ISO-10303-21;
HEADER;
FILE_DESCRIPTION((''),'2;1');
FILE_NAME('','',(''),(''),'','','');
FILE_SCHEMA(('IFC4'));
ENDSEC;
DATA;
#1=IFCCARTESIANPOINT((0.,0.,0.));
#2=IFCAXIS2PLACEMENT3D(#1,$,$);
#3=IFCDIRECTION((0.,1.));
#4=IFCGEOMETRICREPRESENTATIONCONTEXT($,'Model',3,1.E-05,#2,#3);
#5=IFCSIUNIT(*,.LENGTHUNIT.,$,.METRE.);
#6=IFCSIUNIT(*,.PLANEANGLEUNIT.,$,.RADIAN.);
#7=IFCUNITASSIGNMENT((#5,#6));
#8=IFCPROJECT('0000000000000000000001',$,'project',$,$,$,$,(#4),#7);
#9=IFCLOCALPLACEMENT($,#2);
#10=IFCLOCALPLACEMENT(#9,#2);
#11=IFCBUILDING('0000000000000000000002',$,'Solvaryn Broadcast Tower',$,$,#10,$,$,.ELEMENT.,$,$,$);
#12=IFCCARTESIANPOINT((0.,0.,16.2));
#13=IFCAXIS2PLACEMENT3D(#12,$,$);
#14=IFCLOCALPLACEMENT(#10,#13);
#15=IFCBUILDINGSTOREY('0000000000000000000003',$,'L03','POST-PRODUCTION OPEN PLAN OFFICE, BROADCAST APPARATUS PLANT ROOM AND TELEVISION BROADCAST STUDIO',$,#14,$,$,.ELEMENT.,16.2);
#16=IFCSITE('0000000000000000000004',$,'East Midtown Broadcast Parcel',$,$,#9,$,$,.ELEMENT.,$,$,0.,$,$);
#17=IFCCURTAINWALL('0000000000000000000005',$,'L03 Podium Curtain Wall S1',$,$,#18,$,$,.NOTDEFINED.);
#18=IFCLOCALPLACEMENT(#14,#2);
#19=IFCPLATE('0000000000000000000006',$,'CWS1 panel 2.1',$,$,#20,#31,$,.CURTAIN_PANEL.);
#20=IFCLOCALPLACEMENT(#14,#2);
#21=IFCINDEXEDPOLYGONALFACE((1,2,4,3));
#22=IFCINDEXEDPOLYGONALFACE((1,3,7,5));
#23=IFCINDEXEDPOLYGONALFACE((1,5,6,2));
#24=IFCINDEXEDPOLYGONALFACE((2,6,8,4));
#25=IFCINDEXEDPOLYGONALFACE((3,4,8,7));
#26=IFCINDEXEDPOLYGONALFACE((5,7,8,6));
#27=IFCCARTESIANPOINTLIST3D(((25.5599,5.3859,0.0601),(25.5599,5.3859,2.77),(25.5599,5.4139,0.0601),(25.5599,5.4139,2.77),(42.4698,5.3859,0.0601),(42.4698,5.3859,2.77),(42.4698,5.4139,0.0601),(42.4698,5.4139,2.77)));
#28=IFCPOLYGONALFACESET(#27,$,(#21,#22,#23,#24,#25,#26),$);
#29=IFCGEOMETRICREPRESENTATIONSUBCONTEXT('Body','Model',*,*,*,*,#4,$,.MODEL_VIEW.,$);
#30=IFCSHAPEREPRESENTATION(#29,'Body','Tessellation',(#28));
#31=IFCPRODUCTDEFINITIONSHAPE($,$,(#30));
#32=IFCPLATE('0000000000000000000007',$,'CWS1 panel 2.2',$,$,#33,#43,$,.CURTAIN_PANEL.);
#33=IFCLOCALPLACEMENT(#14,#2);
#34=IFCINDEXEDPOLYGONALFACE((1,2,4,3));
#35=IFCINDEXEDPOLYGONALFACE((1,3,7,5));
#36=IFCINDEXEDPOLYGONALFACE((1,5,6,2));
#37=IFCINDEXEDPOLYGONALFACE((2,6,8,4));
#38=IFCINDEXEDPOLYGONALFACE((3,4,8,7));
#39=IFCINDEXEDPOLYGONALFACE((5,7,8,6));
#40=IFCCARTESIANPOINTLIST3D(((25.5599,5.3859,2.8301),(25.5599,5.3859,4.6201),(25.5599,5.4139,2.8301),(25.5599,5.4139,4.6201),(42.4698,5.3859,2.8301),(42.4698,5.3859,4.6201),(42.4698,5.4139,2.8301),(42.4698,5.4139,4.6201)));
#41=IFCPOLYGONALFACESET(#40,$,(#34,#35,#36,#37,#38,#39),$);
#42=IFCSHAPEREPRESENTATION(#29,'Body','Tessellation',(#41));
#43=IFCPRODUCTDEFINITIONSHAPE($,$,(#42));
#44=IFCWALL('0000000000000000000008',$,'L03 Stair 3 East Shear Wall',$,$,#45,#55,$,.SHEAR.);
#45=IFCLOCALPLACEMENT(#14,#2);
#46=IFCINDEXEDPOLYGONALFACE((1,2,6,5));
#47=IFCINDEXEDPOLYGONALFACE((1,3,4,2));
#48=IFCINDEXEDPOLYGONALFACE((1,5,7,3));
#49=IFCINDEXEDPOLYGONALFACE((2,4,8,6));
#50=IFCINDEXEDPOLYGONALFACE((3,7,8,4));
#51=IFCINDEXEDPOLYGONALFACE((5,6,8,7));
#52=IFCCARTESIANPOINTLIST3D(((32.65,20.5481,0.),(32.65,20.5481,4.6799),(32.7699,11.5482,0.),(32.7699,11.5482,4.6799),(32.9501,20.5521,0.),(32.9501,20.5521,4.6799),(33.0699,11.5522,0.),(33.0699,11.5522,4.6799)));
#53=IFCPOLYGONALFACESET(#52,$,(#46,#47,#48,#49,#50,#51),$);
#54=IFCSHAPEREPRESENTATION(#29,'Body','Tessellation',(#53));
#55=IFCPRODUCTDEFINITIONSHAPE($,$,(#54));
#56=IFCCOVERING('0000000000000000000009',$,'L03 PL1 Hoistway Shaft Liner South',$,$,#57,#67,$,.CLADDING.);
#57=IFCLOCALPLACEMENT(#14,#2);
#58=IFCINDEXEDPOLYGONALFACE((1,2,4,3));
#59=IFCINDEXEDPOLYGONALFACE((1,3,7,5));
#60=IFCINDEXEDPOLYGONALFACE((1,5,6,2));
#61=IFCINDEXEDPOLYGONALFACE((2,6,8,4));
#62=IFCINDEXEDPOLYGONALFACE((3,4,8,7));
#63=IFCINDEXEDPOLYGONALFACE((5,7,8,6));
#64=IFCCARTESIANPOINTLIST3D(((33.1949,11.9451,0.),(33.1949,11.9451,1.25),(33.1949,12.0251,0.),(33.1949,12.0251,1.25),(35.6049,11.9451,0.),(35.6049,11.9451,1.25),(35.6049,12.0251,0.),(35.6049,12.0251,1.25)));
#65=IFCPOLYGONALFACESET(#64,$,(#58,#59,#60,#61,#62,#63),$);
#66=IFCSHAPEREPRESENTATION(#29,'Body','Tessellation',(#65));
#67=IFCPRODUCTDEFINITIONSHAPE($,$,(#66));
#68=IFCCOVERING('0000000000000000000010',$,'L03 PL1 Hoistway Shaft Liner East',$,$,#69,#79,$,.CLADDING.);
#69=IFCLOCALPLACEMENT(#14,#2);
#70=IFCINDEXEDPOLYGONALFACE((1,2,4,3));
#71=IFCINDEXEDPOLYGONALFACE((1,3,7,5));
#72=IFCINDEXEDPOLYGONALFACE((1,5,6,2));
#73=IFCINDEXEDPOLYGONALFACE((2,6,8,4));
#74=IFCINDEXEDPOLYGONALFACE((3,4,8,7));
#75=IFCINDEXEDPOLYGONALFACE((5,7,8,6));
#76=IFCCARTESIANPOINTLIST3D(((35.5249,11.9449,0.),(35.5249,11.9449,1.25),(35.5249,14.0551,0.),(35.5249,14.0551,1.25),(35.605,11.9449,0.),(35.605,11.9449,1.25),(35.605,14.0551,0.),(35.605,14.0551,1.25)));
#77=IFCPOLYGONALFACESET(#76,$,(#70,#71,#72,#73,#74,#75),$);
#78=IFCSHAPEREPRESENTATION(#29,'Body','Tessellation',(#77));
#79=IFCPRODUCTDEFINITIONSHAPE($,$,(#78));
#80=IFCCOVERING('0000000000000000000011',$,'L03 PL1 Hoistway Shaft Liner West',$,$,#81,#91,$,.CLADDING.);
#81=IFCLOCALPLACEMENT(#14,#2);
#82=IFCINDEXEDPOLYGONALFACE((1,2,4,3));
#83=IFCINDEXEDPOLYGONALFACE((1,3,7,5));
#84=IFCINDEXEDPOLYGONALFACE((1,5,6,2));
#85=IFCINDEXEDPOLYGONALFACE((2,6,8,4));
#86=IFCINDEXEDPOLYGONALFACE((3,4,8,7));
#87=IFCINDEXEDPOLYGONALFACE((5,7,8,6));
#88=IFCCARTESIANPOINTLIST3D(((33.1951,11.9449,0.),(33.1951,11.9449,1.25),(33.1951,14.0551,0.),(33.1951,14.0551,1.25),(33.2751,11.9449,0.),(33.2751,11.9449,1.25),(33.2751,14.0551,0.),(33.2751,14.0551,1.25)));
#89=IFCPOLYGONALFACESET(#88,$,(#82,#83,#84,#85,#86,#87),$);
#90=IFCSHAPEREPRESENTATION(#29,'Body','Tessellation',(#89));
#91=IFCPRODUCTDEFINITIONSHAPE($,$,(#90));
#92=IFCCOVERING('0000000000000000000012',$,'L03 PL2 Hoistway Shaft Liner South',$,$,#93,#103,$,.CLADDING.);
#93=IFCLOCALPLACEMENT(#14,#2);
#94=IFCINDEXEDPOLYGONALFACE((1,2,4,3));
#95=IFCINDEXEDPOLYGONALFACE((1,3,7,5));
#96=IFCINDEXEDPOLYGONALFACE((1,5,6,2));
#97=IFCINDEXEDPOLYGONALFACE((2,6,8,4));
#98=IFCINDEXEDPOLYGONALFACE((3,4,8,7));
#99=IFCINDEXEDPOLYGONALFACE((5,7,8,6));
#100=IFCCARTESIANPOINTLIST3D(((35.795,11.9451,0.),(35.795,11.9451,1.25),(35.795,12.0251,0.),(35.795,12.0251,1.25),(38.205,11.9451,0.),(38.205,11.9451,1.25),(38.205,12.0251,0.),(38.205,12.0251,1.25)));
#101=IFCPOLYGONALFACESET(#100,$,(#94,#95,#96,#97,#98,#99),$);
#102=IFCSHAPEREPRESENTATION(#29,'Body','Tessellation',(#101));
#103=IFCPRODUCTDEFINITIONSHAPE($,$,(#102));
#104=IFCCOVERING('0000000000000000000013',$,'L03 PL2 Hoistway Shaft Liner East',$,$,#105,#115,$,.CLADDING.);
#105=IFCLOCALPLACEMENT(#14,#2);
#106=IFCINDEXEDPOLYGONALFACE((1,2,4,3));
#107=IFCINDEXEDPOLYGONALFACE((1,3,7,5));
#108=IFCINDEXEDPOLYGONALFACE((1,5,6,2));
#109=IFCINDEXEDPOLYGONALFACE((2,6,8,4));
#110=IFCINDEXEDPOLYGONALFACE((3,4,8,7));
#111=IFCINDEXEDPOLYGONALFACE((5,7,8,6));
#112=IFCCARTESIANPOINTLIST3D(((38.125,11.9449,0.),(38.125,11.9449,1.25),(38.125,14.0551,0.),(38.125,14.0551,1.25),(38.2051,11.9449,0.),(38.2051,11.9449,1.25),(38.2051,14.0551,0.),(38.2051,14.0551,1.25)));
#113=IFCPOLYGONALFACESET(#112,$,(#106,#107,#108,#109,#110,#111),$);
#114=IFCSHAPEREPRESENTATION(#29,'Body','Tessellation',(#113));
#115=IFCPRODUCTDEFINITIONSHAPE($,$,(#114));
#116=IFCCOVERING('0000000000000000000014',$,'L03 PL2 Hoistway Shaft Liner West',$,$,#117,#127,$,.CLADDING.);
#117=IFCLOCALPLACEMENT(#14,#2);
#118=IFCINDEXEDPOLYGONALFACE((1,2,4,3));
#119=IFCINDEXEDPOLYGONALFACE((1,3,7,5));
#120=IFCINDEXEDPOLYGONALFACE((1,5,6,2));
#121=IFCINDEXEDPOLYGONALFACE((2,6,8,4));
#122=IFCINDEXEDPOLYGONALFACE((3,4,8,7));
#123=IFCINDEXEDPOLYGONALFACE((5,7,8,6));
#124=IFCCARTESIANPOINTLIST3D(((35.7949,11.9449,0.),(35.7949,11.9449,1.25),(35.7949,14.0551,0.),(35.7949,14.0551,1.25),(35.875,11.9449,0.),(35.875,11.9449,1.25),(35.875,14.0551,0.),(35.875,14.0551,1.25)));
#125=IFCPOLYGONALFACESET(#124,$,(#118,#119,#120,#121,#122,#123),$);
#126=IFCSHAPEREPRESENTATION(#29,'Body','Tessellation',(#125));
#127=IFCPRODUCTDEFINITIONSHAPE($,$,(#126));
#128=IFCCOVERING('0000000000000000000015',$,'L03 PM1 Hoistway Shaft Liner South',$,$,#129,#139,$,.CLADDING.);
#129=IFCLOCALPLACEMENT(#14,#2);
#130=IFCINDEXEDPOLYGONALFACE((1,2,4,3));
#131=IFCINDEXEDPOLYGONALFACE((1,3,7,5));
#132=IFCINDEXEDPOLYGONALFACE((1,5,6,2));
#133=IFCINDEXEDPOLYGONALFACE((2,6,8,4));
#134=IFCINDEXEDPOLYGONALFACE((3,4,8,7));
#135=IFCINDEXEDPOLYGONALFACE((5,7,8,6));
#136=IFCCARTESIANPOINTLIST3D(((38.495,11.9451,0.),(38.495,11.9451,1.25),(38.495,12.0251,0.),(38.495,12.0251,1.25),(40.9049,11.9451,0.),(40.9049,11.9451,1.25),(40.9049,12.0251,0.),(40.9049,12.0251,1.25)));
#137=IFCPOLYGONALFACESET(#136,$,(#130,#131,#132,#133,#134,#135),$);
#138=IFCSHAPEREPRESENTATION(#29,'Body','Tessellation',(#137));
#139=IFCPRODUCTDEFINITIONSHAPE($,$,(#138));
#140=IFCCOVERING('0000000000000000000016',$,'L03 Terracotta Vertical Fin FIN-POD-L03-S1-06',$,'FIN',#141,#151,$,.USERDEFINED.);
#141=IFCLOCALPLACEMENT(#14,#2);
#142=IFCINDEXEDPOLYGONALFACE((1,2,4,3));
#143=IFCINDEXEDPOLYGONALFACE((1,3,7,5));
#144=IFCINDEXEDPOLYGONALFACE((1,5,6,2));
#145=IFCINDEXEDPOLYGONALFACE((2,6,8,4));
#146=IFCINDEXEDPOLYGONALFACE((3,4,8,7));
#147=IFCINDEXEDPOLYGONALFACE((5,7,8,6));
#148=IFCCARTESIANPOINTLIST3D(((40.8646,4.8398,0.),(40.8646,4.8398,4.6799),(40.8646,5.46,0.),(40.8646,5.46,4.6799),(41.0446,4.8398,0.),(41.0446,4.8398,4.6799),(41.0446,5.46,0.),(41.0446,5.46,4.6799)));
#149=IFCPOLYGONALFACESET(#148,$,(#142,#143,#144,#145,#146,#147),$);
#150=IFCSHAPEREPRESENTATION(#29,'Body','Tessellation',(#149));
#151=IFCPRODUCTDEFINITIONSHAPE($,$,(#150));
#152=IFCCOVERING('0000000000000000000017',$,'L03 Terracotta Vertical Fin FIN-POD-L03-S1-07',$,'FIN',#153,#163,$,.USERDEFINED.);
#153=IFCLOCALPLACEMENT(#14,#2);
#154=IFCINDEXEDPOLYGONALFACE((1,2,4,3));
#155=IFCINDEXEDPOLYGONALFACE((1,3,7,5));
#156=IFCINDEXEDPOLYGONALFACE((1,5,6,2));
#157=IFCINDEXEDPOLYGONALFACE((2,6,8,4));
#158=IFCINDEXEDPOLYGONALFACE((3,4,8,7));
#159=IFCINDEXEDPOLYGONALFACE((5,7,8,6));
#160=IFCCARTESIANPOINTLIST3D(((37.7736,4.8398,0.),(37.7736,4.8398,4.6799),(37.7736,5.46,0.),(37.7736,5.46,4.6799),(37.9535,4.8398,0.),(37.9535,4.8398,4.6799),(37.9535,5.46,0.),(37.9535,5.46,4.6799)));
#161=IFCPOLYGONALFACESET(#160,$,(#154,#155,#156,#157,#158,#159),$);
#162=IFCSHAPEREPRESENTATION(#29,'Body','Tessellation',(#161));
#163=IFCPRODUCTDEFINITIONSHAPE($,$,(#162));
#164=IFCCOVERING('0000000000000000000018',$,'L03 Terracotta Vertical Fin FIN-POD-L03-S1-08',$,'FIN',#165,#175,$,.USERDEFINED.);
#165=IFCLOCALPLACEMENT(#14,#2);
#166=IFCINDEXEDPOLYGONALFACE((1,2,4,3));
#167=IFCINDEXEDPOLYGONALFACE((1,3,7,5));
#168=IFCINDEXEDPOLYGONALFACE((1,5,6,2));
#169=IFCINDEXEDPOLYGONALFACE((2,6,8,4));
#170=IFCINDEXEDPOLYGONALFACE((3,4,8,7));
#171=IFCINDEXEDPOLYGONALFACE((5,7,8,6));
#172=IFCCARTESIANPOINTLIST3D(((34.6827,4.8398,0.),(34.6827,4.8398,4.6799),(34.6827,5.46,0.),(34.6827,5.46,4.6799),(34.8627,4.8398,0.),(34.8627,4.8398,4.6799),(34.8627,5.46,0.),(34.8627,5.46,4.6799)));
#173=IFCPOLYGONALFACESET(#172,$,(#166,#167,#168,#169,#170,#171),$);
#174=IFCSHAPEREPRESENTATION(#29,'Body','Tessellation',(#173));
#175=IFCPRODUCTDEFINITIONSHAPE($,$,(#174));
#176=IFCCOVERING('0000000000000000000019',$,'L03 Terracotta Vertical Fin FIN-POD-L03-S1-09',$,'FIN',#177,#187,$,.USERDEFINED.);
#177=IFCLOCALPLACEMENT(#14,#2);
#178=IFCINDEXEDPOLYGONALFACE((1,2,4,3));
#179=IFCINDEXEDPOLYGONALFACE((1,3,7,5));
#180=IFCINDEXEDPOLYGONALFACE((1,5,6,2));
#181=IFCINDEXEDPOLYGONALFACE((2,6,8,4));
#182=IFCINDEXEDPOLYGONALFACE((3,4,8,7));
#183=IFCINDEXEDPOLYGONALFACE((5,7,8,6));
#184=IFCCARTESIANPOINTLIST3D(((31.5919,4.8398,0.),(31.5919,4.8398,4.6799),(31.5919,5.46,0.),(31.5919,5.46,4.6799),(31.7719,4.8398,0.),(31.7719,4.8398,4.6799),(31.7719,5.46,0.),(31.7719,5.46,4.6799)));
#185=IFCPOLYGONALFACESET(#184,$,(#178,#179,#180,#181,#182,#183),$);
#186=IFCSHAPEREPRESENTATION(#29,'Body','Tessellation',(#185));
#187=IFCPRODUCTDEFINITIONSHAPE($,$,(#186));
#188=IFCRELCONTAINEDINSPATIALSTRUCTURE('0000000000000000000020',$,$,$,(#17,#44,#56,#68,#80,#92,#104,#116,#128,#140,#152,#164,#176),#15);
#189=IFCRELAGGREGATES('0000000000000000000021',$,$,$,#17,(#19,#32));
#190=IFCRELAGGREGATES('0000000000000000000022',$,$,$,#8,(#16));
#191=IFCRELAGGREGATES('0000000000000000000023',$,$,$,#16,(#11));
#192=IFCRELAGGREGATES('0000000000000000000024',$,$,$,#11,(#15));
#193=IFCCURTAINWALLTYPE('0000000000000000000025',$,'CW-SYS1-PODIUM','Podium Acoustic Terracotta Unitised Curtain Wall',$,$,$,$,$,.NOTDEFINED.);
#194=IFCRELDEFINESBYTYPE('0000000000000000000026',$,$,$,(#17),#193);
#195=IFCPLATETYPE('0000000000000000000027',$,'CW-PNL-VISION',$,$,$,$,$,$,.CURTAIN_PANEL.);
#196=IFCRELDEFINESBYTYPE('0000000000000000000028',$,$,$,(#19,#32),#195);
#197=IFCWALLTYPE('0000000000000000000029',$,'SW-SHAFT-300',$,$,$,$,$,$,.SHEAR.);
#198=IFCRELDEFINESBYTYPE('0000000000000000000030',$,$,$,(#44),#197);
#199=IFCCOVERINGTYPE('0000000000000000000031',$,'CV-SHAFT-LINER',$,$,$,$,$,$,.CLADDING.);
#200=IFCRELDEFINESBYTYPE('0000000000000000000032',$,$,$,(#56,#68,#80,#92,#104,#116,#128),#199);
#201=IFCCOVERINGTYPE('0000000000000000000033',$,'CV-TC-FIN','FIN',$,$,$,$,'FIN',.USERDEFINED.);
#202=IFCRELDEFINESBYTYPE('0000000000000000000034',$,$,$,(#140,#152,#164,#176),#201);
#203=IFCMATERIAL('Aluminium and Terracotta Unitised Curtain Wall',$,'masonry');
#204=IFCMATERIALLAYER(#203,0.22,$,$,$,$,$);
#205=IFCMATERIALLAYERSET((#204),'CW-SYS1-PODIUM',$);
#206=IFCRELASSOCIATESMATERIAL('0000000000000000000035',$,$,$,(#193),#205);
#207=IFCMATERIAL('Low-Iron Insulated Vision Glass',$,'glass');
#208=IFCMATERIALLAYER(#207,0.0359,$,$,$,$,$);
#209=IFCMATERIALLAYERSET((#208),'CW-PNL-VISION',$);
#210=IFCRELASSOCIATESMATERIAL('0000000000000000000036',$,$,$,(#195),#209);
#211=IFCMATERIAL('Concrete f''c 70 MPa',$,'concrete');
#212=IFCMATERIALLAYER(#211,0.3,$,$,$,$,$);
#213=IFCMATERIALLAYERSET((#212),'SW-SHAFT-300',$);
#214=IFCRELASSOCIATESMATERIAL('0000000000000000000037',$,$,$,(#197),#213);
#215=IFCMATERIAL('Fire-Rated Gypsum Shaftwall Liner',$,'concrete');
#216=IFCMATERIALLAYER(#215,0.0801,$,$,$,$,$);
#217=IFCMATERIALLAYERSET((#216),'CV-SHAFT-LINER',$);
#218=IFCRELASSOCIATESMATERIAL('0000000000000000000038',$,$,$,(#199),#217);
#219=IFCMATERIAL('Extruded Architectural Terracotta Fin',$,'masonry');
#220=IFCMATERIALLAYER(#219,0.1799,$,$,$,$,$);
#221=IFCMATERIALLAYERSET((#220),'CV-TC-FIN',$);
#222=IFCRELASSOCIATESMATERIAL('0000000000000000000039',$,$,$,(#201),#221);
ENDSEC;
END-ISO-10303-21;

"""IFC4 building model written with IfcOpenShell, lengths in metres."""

from ifc_helpers import new_model, si_unit, direction, frame, frame_2d, origin, origin_2d, place, context, subcontext, project, spatial, rectangle, extrude, material, layer, layer_set, type_object, element, aggregate, save


model = new_model("IFC4")

# Units and contexts
model_context = context("Model", 3, precision=1e-05, world=origin(), true_north=direction((0.0, 1.0)))
body_context = subcontext(model_context, "Body", "Model", "MODEL_VIEW")
ifc_project = project(units=[si_unit("LENGTHUNIT", "METRE"), si_unit("PLANEANGLEUNIT", "RADIAN")], contexts=[model_context])

# Site, building, storey
site_placement = place(None, origin())
site = spatial("IfcSite", under=ifc_project, at=site_placement, Name="East Midtown Broadcast Parcel", CompositionType="ELEMENT", RefElevation=0.0)
building_placement = place(site_placement, origin())
building = spatial("IfcBuilding", under=site, at=building_placement, Name="Solvaryn Broadcast Tower", CompositionType="ELEMENT")
storey_placement = place(building_placement, frame((0.0, 0.0, 16.2)))
storey = spatial("IfcBuildingStorey", under=building, at=storey_placement, Name="L03", Description="POST-PRODUCTION OPEN PLAN OFFICE, BROADCAST APPARATUS PLANT ROOM AND TELEVISION BROADCAST STUDIO", CompositionType="ELEMENT", Elevation=16.2)

# Curtain wall, plates
ifc_material_1 = material(Name="Aluminium and Terracotta Unitised Curtain Wall", Category="masonry")
ifc_layer_1 = layer(ifc_material_1, 0.22)
ifc_layer_set_1 = layer_set([ifc_layer_1], Name="CW-SYS1-PODIUM")
curtain_wall_type = type_object("IfcCurtainWallType", Name="CW-SYS1-PODIUM", Description="Podium Acoustic Terracotta Unitised Curtain Wall", PredefinedType="NOTDEFINED", material=ifc_layer_set_1)
curtain_wall_placement = place(storey_placement, origin())
curtain_wall = element("IfcCurtainWall", 1, at=curtain_wall_placement, inside=storey, type_object=curtain_wall_type, Name="L03 Podium Curtain Wall S1", PredefinedType="NOTDEFINED")
ifc_material_2 = material(Name="Low-Iron Insulated Vision Glass", Category="glass")
ifc_layer_2 = layer(ifc_material_2, 0.0359)
ifc_layer_set_2 = layer_set([ifc_layer_2], Name="CW-PNL-VISION")
plate_type = type_object("IfcPlateType", Name="CW-PNL-VISION", PredefinedType="CURTAIN_PANEL", material=ifc_layer_set_2)
plate_1_placement = place(storey_placement, frame((34.0149, 5.3999, 0.0601), z_axis=(0.0, 0.0, 1.0), x_axis=(-1.0, 0.0, 0.0)))
plate_1 = element("IfcPlate", 2, at=plate_1_placement, type_object=plate_type, Name="CWS1 panel 2.1", PredefinedType="CURTAIN_PANEL", context=body_context, shape_type="SweptSolid", body=[
    extrude(rectangle(XDim=16.9099, YDim=0.0281, at=origin_2d()), origin(), (0.0, 0.0, 1.0), 2.71),
])
plate_2_placement = place(storey_placement, frame((34.0149, 5.3999, 2.8301), z_axis=(0.0, 0.0, 1.0), x_axis=(-1.0, 0.0, 0.0)))
plate_2 = element("IfcPlate", 3, at=plate_2_placement, type_object=plate_type, Name="CWS1 panel 2.2", PredefinedType="CURTAIN_PANEL", context=body_context, shape_type="SweptSolid", body=[
    extrude(rectangle(XDim=16.9099, YDim=0.0281, at=origin_2d()), origin(), (0.0, 0.0, 1.0), 1.79),
])
aggregate(curtain_wall, [plate_1, plate_2])

# Wall
ifc_material_3 = material(Name="Concrete f'c 70 MPa", Category="concrete")
ifc_layer_3 = layer(ifc_material_3, 0.3)
ifc_layer_set_3 = layer_set([ifc_layer_3], Name="SW-SHAFT-300")
wall_type = type_object("IfcWallType", Name="SW-SHAFT-300", PredefinedType="SHEAR", material=ifc_layer_set_3)
wall_placement = place(storey_placement, frame((32.9199, 11.55, 0.0), z_axis=(0.0, 0.0, 1.0), x_axis=(-0.013318, 0.999911, 0.0)))
element("IfcWall", 4, at=wall_placement, inside=storey, type_object=wall_type, Name="L03 Stair 3 East Shear Wall", PredefinedType="SHEAR", context=body_context, shape_type="SweptSolid", body=[
    extrude(rectangle(XDim=9.0007, YDim=0.3, at=frame_2d((4.5005, 0.0))), origin(), (0.0, 0.0, 1.0), 4.6799),
])

# Coverings
ifc_material_4 = material(Name="Fire-Rated Gypsum Shaftwall Liner", Category="concrete")
ifc_layer_4 = layer(ifc_material_4, 0.0801)
ifc_layer_set_4 = layer_set([ifc_layer_4], Name="CV-SHAFT-LINER")
covering_type_1 = type_object("IfcCoveringType", Name="CV-SHAFT-LINER", PredefinedType="CLADDING", material=ifc_layer_set_4)
covering_1_placement = place(storey_placement, frame((34.3999, 11.9851, 0.0), z_axis=(0.0, 0.0, 1.0), x_axis=(1.0, 0.0, 0.0)))
element("IfcCovering", 5, at=covering_1_placement, inside=storey, type_object=covering_type_1, Name="L03 PL1 Hoistway Shaft Liner South", PredefinedType="CLADDING", context=body_context, shape_type="SweptSolid", body=[
    extrude(rectangle(XDim=2.4099, YDim=0.0801, at=origin_2d()), origin(), (0.0, 0.0, 1.0), 1.25),
])
for number, where, z_axis, x_axis, name in (
    (6, (35.5649, 13.0, 0.0), (0.0, 0.0, 1.0), (1.0, 0.0, 0.0), "L03 PL1 Hoistway Shaft Liner East"),
    (7, (33.2351, 13.0, 0.0), (0.0, 0.0, 1.0), (1.0, 0.0, 0.0), "L03 PL1 Hoistway Shaft Liner West"),
):
    element("IfcCovering", number, at=place(storey_placement, frame(where, z_axis=z_axis, x_axis=x_axis)), inside=storey, type_object=covering_type_1, Name=name, PredefinedType="CLADDING", context=body_context, shape_type="SweptSolid", body=[
        extrude(rectangle(XDim=0.0801, YDim=2.1101, at=origin_2d()), origin(), (0.0, 0.0, 1.0), 1.25),
    ])
covering_2_placement = place(storey_placement, frame((37.0, 11.9851, 0.0), z_axis=(0.0, 0.0, 1.0), x_axis=(1.0, 0.0, 0.0)))
element("IfcCovering", 8, at=covering_2_placement, inside=storey, type_object=covering_type_1, Name="L03 PL2 Hoistway Shaft Liner South", PredefinedType="CLADDING", context=body_context, shape_type="SweptSolid", body=[
    extrude(rectangle(XDim=2.4099, YDim=0.0801, at=origin_2d()), origin(), (0.0, 0.0, 1.0), 1.25),
])
for number, where, z_axis, x_axis, name in (
    (9, (38.165, 13.0, 0.0), (0.0, 0.0, 1.0), (1.0, 0.0, 0.0), "L03 PL2 Hoistway Shaft Liner East"),
    (10, (35.835, 13.0, 0.0), (0.0, 0.0, 1.0), (1.0, 0.0, 0.0), "L03 PL2 Hoistway Shaft Liner West"),
):
    element("IfcCovering", number, at=place(storey_placement, frame(where, z_axis=z_axis, x_axis=x_axis)), inside=storey, type_object=covering_type_1, Name=name, PredefinedType="CLADDING", context=body_context, shape_type="SweptSolid", body=[
        extrude(rectangle(XDim=0.0801, YDim=2.1101, at=origin_2d()), origin(), (0.0, 0.0, 1.0), 1.25),
    ])
covering_3_placement = place(storey_placement, frame((39.7, 11.9851, 0.0), z_axis=(0.0, 0.0, 1.0), x_axis=(1.0, 0.0, 0.0)))
element("IfcCovering", 11, at=covering_3_placement, inside=storey, type_object=covering_type_1, Name="L03 PM1 Hoistway Shaft Liner South", PredefinedType="CLADDING", context=body_context, shape_type="SweptSolid", body=[
    extrude(rectangle(XDim=2.4099, YDim=0.0801, at=origin_2d()), origin(), (0.0, 0.0, 1.0), 1.25),
])
ifc_material_5 = material(Name="Extruded Architectural Terracotta Fin", Category="masonry")
ifc_layer_5 = layer(ifc_material_5, 0.1799)
ifc_layer_set_5 = layer_set([ifc_layer_5], Name="CV-TC-FIN")
covering_type_2 = type_object("IfcCoveringType", Name="CV-TC-FIN", Description="FIN", ElementType="FIN", PredefinedType="USERDEFINED", material=ifc_layer_set_5)
for number, where, z_axis, x_axis, name in (
    (12, (40.9546, 5.1499, 0.0), (0.0, 0.0, 1.0), (1.0, 0.0, 0.0), "L03 Terracotta Vertical Fin FIN-POD-L03-S1-06"),
    (13, (37.8635, 5.1499, 0.0), (0.0, 0.0, 1.0), (1.0, 0.0, 0.0), "L03 Terracotta Vertical Fin FIN-POD-L03-S1-07"),
    (14, (34.7727, 5.1499, 0.0), (0.0, 0.0, 1.0), (1.0, 0.0, 0.0), "L03 Terracotta Vertical Fin FIN-POD-L03-S1-08"),
    (15, (31.6819, 5.1499, 0.0), (0.0, 0.0, 1.0), (1.0, 0.0, 0.0), "L03 Terracotta Vertical Fin FIN-POD-L03-S1-09"),
):
    element("IfcCovering", number, at=place(storey_placement, frame(where, z_axis=z_axis, x_axis=x_axis)), inside=storey, type_object=covering_type_2, Name=name, ObjectType="FIN", PredefinedType="USERDEFINED", context=body_context, shape_type="SweptSolid", body=[
        extrude(rectangle(XDim=0.1799, YDim=0.6201, at=origin_2d()), origin(), (0.0, 0.0, 1.0), 4.6799),
    ])

save(model, "model.ifc")
